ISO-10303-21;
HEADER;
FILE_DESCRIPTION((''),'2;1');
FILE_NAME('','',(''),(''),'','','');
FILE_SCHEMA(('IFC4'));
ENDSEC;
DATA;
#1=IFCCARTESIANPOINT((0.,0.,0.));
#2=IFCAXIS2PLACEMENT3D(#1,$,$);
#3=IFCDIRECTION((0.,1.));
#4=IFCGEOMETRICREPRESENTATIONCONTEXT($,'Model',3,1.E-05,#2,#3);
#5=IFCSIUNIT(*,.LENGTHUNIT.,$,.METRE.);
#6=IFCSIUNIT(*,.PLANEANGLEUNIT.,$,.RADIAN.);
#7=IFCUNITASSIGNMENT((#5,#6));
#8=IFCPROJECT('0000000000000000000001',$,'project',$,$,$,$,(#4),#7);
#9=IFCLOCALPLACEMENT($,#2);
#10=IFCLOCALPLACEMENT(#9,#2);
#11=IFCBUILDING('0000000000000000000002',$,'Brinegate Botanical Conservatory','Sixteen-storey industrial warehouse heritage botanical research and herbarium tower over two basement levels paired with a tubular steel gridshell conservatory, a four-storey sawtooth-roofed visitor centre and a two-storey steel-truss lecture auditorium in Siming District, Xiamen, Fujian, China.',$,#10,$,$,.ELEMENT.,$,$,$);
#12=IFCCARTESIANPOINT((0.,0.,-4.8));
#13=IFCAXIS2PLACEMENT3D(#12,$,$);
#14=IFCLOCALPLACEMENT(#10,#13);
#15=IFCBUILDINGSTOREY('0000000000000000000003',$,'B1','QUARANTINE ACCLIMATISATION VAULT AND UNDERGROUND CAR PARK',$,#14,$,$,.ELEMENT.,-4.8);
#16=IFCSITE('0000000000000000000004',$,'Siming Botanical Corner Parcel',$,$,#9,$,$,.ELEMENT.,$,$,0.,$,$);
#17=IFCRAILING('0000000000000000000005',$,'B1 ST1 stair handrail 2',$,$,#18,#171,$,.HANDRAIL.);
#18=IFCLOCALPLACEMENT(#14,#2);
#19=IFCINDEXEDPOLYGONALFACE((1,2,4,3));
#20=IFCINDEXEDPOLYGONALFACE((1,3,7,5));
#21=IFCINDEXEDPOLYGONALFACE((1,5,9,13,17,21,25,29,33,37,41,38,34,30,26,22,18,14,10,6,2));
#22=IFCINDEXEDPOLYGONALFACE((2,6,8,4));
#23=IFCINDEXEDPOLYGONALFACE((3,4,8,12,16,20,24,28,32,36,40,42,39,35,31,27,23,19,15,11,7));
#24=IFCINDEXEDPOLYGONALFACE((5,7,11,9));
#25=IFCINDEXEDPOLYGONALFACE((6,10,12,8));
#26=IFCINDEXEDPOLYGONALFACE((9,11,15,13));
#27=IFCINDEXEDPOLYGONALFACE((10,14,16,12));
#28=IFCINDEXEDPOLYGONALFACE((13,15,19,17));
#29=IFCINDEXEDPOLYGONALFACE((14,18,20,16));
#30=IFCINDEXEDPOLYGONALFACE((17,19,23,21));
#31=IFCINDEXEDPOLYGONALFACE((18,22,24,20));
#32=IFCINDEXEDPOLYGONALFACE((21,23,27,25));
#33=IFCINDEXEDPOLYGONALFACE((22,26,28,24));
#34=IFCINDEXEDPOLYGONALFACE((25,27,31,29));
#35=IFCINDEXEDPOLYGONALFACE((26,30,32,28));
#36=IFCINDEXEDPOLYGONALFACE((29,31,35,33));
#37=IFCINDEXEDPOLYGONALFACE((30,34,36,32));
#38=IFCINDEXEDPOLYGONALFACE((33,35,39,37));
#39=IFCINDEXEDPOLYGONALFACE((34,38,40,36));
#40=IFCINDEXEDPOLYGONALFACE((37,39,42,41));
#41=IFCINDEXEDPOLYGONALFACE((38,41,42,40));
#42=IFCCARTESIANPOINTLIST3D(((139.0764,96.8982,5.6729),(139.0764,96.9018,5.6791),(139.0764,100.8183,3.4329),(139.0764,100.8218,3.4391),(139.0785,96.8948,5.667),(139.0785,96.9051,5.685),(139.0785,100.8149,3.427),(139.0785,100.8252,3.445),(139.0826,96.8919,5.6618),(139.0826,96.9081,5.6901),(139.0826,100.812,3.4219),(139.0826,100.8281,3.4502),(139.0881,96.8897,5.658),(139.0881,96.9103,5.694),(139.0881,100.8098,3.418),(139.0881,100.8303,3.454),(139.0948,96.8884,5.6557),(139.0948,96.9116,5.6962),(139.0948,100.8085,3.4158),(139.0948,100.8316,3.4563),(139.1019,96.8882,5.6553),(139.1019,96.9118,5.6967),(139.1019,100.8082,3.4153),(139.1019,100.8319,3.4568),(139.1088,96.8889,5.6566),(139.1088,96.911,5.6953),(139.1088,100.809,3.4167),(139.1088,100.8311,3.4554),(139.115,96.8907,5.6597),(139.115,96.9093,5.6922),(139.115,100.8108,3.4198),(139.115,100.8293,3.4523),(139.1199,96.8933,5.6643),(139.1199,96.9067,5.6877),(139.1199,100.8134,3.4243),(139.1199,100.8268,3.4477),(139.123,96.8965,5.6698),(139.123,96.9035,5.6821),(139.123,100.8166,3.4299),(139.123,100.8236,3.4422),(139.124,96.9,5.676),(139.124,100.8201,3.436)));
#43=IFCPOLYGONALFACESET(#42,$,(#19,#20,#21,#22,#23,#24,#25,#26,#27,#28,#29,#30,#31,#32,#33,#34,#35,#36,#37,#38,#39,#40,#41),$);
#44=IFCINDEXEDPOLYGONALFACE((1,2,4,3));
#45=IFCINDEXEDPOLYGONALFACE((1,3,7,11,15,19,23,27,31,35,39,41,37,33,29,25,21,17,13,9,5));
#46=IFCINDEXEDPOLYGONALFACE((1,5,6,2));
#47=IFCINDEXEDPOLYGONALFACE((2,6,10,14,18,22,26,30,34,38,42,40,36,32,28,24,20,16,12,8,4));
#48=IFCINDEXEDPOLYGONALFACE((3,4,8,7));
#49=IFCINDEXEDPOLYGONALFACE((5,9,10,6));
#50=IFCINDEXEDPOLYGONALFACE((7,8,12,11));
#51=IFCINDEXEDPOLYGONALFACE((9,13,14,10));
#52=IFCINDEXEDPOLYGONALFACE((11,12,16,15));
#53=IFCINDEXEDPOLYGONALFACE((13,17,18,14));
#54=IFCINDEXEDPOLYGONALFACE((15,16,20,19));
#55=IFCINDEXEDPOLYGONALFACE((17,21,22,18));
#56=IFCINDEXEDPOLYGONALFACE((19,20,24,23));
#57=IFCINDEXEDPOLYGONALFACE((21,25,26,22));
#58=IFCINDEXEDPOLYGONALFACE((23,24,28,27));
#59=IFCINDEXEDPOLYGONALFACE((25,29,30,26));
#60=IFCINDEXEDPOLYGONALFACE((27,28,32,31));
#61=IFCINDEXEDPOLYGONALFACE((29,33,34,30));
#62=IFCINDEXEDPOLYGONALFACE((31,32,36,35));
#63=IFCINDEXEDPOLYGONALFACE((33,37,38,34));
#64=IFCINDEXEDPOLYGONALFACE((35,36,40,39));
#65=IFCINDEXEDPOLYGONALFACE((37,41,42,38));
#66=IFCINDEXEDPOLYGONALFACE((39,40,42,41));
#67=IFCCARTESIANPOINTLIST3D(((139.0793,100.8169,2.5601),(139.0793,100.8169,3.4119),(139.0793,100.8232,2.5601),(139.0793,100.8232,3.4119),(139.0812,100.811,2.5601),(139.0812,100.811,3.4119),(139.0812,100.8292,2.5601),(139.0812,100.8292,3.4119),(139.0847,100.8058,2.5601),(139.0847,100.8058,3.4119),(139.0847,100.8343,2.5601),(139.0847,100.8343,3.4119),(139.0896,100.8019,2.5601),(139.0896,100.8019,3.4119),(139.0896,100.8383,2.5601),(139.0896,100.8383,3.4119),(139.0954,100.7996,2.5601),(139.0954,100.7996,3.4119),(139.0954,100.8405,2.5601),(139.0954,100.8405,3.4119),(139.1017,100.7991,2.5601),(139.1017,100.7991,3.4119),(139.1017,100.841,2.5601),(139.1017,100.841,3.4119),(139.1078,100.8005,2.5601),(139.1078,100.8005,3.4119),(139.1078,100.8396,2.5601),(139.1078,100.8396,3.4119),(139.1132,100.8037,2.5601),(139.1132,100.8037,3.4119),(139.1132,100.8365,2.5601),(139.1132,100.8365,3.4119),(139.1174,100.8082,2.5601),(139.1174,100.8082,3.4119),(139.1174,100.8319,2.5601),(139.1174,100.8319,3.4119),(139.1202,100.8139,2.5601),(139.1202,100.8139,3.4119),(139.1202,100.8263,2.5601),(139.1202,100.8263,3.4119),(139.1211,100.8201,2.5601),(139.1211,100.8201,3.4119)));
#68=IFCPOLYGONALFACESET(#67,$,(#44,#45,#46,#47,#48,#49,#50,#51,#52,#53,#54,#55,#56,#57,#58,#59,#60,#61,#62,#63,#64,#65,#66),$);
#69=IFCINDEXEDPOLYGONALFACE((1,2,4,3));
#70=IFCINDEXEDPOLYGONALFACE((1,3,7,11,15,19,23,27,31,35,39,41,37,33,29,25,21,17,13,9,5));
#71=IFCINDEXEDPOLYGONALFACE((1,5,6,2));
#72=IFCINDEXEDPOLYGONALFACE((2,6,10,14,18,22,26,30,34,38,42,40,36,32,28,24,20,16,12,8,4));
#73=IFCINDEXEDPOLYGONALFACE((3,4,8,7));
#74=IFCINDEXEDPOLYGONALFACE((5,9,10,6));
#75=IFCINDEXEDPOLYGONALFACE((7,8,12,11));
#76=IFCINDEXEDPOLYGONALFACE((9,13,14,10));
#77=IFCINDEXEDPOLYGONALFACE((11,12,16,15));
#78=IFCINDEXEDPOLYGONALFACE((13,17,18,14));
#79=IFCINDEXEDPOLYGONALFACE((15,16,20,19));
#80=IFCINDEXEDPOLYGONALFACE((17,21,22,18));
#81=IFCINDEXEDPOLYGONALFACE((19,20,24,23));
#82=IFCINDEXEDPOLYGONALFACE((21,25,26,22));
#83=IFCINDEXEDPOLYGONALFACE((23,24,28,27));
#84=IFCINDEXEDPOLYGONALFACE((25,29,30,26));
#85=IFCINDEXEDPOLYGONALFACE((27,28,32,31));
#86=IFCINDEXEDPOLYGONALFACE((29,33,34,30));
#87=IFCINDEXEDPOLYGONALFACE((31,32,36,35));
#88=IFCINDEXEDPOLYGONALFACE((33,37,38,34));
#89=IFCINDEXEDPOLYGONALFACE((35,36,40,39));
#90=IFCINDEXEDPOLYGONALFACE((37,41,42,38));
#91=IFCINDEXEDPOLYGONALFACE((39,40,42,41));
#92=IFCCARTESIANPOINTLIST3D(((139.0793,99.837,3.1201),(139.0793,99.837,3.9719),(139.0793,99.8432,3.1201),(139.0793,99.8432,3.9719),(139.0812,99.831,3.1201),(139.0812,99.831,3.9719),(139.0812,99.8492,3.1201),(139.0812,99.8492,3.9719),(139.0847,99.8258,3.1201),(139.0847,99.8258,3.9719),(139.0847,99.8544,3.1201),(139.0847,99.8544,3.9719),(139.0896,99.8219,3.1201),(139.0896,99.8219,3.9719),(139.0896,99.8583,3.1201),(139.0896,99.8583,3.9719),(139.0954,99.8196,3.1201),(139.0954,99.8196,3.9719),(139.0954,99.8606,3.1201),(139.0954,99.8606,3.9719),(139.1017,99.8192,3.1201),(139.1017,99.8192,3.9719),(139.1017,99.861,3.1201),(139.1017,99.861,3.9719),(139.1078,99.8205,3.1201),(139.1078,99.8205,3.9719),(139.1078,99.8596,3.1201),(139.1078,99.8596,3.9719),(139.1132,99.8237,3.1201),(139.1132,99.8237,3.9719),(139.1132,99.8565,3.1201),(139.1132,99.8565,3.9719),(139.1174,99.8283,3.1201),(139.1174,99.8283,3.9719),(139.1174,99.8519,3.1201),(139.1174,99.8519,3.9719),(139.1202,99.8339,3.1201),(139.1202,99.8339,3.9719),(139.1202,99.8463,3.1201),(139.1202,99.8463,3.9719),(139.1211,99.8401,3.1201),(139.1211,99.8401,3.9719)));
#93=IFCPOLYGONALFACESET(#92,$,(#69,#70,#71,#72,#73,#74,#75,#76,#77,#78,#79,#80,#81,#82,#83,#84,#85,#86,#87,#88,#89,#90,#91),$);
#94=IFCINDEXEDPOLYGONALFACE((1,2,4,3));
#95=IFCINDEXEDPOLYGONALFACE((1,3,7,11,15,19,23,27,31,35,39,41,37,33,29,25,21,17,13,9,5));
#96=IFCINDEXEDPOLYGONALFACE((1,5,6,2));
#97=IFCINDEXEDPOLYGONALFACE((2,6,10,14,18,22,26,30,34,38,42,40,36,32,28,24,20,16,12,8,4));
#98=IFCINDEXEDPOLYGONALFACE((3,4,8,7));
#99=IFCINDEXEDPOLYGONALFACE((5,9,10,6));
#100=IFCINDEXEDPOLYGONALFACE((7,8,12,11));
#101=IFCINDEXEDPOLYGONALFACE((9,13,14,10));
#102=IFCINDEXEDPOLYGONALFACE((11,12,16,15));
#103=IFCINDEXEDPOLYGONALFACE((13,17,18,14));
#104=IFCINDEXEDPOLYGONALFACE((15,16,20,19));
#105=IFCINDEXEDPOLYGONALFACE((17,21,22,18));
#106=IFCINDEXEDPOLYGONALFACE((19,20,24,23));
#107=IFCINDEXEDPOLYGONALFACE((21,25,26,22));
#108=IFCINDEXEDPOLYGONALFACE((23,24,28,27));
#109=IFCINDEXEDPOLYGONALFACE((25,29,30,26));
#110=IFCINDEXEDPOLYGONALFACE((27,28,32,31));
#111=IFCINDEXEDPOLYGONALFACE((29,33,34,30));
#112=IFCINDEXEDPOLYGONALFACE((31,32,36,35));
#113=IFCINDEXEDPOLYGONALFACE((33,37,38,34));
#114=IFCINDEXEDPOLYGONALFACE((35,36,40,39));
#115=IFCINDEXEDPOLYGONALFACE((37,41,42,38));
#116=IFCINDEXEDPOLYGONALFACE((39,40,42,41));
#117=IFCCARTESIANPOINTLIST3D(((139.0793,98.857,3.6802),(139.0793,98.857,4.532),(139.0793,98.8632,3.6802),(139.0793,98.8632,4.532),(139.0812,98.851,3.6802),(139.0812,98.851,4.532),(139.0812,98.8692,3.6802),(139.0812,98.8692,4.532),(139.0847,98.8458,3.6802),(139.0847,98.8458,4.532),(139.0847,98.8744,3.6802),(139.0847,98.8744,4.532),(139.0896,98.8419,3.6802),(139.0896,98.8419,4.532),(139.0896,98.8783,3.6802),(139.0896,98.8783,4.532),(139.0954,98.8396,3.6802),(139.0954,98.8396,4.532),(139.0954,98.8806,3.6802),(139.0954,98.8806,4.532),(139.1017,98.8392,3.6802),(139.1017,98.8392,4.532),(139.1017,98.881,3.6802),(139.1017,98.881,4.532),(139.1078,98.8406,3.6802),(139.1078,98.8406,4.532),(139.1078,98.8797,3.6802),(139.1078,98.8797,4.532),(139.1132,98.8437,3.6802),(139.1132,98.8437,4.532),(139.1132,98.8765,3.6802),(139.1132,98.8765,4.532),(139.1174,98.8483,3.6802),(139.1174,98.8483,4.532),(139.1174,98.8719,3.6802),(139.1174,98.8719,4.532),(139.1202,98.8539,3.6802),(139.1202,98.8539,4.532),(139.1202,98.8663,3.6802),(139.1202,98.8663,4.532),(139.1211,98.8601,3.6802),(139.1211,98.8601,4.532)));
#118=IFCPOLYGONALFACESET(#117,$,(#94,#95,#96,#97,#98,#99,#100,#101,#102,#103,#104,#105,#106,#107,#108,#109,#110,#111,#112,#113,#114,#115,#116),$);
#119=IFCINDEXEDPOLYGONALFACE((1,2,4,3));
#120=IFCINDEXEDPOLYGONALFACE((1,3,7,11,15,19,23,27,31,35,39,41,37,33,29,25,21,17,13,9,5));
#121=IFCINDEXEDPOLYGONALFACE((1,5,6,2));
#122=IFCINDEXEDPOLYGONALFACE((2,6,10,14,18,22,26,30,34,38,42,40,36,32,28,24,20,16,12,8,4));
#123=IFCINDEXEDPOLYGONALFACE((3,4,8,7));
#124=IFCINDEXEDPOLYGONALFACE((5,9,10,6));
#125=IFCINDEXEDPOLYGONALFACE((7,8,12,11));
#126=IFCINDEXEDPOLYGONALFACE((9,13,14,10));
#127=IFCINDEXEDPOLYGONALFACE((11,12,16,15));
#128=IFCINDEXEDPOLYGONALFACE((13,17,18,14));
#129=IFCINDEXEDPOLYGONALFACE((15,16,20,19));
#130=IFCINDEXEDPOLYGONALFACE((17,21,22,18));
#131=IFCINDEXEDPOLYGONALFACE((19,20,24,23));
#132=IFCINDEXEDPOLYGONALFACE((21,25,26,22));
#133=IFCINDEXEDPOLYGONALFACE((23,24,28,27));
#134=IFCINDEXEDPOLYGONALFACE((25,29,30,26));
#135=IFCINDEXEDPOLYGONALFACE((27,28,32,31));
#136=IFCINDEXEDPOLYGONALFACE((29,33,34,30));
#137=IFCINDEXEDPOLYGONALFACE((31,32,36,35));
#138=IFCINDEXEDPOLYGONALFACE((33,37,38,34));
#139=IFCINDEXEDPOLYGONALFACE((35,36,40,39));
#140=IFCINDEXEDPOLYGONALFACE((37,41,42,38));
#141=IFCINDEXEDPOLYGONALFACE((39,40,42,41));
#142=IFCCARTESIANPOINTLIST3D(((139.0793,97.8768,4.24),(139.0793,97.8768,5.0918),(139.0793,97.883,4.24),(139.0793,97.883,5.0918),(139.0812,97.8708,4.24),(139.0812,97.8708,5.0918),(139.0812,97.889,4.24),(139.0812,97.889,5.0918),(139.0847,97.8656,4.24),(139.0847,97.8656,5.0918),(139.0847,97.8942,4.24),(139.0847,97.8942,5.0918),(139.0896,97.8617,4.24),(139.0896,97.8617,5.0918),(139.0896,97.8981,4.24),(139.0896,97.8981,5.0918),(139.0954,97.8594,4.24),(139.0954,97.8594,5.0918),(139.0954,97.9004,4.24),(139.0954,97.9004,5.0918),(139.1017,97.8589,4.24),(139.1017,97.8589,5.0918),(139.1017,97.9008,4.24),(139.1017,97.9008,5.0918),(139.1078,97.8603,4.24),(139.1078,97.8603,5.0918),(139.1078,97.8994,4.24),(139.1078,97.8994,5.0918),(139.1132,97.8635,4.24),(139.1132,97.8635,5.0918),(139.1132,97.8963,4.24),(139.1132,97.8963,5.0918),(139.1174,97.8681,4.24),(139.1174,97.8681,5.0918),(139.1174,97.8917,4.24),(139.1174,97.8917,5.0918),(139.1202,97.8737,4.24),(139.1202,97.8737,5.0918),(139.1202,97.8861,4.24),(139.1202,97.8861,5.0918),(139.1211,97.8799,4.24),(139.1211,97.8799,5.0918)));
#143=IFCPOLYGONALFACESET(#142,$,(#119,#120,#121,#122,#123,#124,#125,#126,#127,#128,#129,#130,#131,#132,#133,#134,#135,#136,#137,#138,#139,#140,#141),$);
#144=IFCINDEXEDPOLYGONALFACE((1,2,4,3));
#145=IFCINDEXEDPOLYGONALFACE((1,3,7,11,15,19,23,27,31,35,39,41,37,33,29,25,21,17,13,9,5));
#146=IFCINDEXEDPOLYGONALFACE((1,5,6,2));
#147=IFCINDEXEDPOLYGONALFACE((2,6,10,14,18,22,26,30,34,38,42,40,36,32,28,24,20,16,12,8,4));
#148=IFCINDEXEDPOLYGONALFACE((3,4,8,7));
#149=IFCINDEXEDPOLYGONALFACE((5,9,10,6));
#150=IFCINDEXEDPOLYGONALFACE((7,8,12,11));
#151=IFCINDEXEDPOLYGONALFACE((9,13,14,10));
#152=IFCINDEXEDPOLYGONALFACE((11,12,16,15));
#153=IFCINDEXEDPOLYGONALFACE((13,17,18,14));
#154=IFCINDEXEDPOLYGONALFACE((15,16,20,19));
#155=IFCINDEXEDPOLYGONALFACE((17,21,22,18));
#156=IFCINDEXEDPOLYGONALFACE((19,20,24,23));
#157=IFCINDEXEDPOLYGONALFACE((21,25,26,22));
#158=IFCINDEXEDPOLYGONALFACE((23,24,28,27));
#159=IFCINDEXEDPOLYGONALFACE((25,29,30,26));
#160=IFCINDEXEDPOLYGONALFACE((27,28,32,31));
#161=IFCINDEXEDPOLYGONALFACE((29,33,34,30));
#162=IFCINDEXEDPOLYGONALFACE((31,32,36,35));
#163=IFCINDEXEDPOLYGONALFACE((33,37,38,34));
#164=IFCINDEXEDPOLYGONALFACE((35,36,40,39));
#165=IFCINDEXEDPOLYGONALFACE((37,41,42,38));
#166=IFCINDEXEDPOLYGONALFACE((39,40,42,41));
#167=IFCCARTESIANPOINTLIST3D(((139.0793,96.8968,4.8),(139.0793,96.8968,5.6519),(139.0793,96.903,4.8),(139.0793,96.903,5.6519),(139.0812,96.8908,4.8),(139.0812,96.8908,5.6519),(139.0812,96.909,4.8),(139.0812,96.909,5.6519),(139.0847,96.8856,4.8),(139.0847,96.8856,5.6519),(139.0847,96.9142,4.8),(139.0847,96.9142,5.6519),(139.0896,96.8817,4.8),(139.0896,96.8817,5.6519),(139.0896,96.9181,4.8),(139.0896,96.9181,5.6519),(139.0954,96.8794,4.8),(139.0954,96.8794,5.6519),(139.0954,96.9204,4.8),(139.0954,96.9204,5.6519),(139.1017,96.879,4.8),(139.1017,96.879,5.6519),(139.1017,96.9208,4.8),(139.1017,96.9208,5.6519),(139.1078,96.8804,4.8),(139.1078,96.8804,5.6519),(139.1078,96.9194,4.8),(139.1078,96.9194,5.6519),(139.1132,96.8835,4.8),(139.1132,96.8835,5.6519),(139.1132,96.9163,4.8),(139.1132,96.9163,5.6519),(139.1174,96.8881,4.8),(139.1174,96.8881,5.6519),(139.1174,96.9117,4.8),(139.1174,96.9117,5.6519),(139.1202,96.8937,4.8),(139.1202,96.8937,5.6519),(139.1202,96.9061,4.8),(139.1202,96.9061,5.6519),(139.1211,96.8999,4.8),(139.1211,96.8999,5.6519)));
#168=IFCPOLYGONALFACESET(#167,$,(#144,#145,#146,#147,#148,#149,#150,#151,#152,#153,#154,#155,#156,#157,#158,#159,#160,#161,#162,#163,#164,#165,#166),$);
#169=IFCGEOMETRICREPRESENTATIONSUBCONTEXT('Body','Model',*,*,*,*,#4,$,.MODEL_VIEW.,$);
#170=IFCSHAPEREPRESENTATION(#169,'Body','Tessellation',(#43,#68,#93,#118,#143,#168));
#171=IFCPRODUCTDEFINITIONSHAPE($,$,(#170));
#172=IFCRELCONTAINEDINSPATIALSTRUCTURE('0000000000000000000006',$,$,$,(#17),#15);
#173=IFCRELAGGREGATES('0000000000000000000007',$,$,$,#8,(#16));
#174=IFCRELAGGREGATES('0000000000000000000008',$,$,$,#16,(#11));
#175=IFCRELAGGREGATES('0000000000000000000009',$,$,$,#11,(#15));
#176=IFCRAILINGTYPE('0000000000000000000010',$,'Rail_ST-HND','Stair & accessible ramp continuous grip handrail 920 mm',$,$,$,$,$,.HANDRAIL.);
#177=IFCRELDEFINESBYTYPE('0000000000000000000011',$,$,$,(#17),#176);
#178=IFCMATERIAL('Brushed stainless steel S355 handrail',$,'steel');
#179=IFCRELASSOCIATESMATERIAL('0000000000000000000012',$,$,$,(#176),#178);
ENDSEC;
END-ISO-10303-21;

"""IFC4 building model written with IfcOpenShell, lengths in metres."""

from ifc_helpers import new_model, si_unit, direction, frame, origin, origin_2d, place, context, subcontext, project, spatial, circle, extrude, material, type_object, element, save


model = new_model("IFC4")

# Units and contexts
model_context = context("Model", 3, precision=1e-05, world=origin(), true_north=direction((0.0, 1.0)))
body_context = subcontext(model_context, "Body", "Model", "MODEL_VIEW")
ifc_project = project(units=[si_unit("LENGTHUNIT", "METRE"), si_unit("PLANEANGLEUNIT", "RADIAN")], contexts=[model_context])

# Site, building, storey
site_placement = place(None, origin())
site = spatial("IfcSite", under=ifc_project, at=site_placement, Name="Siming Botanical Corner Parcel", CompositionType="ELEMENT", RefElevation=0.0)
building_placement = place(site_placement, origin())
building = spatial("IfcBuilding", under=site, at=building_placement, Name="Brinegate Botanical Conservatory", Description="Sixteen-storey industrial warehouse heritage botanical research and herbarium tower over two basement levels paired with a tubular steel gridshell conservatory, a four-storey sawtooth-roofed visitor centre and a two-storey steel-truss lecture auditorium in Siming District, Xiamen, Fujian, China.", CompositionType="ELEMENT")
storey_placement = place(building_placement, frame((0.0, 0.0, -4.8)))
storey = spatial("IfcBuildingStorey", under=building, at=storey_placement, Name="B1", Description="QUARANTINE ACCLIMATISATION VAULT AND UNDERGROUND CAR PARK", CompositionType="ELEMENT", Elevation=-4.8)

# Railing
ifc_material_1 = material(Name="Brushed stainless steel S355 handrail", Category="steel")
railing_type_1 = type_object("IfcRailingType", Name="Rail_ST-HND", Description="Stair & accessible ramp continuous grip handrail 920 mm", PredefinedType="HANDRAIL", material=ifc_material_1)
railing_1_placement = place(storey_placement, frame((139.1001, 100.8201, 2.5601)))
element("IfcRailing", 1, at=railing_1_placement, inside=storey, type_object=railing_type_1, Name="B1 ST1 stair handrail 2", PredefinedType="HANDRAIL", context=body_context, shape_type="SweptSolid", body=[
    extrude(circle(Radius=0.0239, at=origin_2d()), frame((0.0, 0.0, 0.876), z_axis=(0.0, -0.868253, 0.496121), x_axis=(1.0, 0.0, 0.0)), (0.0, 0.0, 1.0), 4.5149),
    extrude(circle(Radius=0.021, at=origin_2d()), origin(), (0.0, 0.0, 1.0), 0.8518),
    extrude(circle(Radius=0.021, at=origin_2d()), frame((0.0, -0.98, 0.5601)), (0.0, 0.0, 1.0), 0.8518),
    extrude(circle(Radius=0.021, at=origin_2d()), frame((0.0, -1.96, 1.1201)), (0.0, 0.0, 1.0), 0.8518),
    extrude(circle(Radius=0.021, at=origin_2d()), frame((0.0, -2.9402, 1.6799)), (0.0, 0.0, 1.0), 0.8518),
    extrude(circle(Radius=0.021, at=origin_2d()), frame((0.0, -3.9202, 2.24)), (0.0, 0.0, 1.0), 0.8518),
])

save(model, "model.ifc")
